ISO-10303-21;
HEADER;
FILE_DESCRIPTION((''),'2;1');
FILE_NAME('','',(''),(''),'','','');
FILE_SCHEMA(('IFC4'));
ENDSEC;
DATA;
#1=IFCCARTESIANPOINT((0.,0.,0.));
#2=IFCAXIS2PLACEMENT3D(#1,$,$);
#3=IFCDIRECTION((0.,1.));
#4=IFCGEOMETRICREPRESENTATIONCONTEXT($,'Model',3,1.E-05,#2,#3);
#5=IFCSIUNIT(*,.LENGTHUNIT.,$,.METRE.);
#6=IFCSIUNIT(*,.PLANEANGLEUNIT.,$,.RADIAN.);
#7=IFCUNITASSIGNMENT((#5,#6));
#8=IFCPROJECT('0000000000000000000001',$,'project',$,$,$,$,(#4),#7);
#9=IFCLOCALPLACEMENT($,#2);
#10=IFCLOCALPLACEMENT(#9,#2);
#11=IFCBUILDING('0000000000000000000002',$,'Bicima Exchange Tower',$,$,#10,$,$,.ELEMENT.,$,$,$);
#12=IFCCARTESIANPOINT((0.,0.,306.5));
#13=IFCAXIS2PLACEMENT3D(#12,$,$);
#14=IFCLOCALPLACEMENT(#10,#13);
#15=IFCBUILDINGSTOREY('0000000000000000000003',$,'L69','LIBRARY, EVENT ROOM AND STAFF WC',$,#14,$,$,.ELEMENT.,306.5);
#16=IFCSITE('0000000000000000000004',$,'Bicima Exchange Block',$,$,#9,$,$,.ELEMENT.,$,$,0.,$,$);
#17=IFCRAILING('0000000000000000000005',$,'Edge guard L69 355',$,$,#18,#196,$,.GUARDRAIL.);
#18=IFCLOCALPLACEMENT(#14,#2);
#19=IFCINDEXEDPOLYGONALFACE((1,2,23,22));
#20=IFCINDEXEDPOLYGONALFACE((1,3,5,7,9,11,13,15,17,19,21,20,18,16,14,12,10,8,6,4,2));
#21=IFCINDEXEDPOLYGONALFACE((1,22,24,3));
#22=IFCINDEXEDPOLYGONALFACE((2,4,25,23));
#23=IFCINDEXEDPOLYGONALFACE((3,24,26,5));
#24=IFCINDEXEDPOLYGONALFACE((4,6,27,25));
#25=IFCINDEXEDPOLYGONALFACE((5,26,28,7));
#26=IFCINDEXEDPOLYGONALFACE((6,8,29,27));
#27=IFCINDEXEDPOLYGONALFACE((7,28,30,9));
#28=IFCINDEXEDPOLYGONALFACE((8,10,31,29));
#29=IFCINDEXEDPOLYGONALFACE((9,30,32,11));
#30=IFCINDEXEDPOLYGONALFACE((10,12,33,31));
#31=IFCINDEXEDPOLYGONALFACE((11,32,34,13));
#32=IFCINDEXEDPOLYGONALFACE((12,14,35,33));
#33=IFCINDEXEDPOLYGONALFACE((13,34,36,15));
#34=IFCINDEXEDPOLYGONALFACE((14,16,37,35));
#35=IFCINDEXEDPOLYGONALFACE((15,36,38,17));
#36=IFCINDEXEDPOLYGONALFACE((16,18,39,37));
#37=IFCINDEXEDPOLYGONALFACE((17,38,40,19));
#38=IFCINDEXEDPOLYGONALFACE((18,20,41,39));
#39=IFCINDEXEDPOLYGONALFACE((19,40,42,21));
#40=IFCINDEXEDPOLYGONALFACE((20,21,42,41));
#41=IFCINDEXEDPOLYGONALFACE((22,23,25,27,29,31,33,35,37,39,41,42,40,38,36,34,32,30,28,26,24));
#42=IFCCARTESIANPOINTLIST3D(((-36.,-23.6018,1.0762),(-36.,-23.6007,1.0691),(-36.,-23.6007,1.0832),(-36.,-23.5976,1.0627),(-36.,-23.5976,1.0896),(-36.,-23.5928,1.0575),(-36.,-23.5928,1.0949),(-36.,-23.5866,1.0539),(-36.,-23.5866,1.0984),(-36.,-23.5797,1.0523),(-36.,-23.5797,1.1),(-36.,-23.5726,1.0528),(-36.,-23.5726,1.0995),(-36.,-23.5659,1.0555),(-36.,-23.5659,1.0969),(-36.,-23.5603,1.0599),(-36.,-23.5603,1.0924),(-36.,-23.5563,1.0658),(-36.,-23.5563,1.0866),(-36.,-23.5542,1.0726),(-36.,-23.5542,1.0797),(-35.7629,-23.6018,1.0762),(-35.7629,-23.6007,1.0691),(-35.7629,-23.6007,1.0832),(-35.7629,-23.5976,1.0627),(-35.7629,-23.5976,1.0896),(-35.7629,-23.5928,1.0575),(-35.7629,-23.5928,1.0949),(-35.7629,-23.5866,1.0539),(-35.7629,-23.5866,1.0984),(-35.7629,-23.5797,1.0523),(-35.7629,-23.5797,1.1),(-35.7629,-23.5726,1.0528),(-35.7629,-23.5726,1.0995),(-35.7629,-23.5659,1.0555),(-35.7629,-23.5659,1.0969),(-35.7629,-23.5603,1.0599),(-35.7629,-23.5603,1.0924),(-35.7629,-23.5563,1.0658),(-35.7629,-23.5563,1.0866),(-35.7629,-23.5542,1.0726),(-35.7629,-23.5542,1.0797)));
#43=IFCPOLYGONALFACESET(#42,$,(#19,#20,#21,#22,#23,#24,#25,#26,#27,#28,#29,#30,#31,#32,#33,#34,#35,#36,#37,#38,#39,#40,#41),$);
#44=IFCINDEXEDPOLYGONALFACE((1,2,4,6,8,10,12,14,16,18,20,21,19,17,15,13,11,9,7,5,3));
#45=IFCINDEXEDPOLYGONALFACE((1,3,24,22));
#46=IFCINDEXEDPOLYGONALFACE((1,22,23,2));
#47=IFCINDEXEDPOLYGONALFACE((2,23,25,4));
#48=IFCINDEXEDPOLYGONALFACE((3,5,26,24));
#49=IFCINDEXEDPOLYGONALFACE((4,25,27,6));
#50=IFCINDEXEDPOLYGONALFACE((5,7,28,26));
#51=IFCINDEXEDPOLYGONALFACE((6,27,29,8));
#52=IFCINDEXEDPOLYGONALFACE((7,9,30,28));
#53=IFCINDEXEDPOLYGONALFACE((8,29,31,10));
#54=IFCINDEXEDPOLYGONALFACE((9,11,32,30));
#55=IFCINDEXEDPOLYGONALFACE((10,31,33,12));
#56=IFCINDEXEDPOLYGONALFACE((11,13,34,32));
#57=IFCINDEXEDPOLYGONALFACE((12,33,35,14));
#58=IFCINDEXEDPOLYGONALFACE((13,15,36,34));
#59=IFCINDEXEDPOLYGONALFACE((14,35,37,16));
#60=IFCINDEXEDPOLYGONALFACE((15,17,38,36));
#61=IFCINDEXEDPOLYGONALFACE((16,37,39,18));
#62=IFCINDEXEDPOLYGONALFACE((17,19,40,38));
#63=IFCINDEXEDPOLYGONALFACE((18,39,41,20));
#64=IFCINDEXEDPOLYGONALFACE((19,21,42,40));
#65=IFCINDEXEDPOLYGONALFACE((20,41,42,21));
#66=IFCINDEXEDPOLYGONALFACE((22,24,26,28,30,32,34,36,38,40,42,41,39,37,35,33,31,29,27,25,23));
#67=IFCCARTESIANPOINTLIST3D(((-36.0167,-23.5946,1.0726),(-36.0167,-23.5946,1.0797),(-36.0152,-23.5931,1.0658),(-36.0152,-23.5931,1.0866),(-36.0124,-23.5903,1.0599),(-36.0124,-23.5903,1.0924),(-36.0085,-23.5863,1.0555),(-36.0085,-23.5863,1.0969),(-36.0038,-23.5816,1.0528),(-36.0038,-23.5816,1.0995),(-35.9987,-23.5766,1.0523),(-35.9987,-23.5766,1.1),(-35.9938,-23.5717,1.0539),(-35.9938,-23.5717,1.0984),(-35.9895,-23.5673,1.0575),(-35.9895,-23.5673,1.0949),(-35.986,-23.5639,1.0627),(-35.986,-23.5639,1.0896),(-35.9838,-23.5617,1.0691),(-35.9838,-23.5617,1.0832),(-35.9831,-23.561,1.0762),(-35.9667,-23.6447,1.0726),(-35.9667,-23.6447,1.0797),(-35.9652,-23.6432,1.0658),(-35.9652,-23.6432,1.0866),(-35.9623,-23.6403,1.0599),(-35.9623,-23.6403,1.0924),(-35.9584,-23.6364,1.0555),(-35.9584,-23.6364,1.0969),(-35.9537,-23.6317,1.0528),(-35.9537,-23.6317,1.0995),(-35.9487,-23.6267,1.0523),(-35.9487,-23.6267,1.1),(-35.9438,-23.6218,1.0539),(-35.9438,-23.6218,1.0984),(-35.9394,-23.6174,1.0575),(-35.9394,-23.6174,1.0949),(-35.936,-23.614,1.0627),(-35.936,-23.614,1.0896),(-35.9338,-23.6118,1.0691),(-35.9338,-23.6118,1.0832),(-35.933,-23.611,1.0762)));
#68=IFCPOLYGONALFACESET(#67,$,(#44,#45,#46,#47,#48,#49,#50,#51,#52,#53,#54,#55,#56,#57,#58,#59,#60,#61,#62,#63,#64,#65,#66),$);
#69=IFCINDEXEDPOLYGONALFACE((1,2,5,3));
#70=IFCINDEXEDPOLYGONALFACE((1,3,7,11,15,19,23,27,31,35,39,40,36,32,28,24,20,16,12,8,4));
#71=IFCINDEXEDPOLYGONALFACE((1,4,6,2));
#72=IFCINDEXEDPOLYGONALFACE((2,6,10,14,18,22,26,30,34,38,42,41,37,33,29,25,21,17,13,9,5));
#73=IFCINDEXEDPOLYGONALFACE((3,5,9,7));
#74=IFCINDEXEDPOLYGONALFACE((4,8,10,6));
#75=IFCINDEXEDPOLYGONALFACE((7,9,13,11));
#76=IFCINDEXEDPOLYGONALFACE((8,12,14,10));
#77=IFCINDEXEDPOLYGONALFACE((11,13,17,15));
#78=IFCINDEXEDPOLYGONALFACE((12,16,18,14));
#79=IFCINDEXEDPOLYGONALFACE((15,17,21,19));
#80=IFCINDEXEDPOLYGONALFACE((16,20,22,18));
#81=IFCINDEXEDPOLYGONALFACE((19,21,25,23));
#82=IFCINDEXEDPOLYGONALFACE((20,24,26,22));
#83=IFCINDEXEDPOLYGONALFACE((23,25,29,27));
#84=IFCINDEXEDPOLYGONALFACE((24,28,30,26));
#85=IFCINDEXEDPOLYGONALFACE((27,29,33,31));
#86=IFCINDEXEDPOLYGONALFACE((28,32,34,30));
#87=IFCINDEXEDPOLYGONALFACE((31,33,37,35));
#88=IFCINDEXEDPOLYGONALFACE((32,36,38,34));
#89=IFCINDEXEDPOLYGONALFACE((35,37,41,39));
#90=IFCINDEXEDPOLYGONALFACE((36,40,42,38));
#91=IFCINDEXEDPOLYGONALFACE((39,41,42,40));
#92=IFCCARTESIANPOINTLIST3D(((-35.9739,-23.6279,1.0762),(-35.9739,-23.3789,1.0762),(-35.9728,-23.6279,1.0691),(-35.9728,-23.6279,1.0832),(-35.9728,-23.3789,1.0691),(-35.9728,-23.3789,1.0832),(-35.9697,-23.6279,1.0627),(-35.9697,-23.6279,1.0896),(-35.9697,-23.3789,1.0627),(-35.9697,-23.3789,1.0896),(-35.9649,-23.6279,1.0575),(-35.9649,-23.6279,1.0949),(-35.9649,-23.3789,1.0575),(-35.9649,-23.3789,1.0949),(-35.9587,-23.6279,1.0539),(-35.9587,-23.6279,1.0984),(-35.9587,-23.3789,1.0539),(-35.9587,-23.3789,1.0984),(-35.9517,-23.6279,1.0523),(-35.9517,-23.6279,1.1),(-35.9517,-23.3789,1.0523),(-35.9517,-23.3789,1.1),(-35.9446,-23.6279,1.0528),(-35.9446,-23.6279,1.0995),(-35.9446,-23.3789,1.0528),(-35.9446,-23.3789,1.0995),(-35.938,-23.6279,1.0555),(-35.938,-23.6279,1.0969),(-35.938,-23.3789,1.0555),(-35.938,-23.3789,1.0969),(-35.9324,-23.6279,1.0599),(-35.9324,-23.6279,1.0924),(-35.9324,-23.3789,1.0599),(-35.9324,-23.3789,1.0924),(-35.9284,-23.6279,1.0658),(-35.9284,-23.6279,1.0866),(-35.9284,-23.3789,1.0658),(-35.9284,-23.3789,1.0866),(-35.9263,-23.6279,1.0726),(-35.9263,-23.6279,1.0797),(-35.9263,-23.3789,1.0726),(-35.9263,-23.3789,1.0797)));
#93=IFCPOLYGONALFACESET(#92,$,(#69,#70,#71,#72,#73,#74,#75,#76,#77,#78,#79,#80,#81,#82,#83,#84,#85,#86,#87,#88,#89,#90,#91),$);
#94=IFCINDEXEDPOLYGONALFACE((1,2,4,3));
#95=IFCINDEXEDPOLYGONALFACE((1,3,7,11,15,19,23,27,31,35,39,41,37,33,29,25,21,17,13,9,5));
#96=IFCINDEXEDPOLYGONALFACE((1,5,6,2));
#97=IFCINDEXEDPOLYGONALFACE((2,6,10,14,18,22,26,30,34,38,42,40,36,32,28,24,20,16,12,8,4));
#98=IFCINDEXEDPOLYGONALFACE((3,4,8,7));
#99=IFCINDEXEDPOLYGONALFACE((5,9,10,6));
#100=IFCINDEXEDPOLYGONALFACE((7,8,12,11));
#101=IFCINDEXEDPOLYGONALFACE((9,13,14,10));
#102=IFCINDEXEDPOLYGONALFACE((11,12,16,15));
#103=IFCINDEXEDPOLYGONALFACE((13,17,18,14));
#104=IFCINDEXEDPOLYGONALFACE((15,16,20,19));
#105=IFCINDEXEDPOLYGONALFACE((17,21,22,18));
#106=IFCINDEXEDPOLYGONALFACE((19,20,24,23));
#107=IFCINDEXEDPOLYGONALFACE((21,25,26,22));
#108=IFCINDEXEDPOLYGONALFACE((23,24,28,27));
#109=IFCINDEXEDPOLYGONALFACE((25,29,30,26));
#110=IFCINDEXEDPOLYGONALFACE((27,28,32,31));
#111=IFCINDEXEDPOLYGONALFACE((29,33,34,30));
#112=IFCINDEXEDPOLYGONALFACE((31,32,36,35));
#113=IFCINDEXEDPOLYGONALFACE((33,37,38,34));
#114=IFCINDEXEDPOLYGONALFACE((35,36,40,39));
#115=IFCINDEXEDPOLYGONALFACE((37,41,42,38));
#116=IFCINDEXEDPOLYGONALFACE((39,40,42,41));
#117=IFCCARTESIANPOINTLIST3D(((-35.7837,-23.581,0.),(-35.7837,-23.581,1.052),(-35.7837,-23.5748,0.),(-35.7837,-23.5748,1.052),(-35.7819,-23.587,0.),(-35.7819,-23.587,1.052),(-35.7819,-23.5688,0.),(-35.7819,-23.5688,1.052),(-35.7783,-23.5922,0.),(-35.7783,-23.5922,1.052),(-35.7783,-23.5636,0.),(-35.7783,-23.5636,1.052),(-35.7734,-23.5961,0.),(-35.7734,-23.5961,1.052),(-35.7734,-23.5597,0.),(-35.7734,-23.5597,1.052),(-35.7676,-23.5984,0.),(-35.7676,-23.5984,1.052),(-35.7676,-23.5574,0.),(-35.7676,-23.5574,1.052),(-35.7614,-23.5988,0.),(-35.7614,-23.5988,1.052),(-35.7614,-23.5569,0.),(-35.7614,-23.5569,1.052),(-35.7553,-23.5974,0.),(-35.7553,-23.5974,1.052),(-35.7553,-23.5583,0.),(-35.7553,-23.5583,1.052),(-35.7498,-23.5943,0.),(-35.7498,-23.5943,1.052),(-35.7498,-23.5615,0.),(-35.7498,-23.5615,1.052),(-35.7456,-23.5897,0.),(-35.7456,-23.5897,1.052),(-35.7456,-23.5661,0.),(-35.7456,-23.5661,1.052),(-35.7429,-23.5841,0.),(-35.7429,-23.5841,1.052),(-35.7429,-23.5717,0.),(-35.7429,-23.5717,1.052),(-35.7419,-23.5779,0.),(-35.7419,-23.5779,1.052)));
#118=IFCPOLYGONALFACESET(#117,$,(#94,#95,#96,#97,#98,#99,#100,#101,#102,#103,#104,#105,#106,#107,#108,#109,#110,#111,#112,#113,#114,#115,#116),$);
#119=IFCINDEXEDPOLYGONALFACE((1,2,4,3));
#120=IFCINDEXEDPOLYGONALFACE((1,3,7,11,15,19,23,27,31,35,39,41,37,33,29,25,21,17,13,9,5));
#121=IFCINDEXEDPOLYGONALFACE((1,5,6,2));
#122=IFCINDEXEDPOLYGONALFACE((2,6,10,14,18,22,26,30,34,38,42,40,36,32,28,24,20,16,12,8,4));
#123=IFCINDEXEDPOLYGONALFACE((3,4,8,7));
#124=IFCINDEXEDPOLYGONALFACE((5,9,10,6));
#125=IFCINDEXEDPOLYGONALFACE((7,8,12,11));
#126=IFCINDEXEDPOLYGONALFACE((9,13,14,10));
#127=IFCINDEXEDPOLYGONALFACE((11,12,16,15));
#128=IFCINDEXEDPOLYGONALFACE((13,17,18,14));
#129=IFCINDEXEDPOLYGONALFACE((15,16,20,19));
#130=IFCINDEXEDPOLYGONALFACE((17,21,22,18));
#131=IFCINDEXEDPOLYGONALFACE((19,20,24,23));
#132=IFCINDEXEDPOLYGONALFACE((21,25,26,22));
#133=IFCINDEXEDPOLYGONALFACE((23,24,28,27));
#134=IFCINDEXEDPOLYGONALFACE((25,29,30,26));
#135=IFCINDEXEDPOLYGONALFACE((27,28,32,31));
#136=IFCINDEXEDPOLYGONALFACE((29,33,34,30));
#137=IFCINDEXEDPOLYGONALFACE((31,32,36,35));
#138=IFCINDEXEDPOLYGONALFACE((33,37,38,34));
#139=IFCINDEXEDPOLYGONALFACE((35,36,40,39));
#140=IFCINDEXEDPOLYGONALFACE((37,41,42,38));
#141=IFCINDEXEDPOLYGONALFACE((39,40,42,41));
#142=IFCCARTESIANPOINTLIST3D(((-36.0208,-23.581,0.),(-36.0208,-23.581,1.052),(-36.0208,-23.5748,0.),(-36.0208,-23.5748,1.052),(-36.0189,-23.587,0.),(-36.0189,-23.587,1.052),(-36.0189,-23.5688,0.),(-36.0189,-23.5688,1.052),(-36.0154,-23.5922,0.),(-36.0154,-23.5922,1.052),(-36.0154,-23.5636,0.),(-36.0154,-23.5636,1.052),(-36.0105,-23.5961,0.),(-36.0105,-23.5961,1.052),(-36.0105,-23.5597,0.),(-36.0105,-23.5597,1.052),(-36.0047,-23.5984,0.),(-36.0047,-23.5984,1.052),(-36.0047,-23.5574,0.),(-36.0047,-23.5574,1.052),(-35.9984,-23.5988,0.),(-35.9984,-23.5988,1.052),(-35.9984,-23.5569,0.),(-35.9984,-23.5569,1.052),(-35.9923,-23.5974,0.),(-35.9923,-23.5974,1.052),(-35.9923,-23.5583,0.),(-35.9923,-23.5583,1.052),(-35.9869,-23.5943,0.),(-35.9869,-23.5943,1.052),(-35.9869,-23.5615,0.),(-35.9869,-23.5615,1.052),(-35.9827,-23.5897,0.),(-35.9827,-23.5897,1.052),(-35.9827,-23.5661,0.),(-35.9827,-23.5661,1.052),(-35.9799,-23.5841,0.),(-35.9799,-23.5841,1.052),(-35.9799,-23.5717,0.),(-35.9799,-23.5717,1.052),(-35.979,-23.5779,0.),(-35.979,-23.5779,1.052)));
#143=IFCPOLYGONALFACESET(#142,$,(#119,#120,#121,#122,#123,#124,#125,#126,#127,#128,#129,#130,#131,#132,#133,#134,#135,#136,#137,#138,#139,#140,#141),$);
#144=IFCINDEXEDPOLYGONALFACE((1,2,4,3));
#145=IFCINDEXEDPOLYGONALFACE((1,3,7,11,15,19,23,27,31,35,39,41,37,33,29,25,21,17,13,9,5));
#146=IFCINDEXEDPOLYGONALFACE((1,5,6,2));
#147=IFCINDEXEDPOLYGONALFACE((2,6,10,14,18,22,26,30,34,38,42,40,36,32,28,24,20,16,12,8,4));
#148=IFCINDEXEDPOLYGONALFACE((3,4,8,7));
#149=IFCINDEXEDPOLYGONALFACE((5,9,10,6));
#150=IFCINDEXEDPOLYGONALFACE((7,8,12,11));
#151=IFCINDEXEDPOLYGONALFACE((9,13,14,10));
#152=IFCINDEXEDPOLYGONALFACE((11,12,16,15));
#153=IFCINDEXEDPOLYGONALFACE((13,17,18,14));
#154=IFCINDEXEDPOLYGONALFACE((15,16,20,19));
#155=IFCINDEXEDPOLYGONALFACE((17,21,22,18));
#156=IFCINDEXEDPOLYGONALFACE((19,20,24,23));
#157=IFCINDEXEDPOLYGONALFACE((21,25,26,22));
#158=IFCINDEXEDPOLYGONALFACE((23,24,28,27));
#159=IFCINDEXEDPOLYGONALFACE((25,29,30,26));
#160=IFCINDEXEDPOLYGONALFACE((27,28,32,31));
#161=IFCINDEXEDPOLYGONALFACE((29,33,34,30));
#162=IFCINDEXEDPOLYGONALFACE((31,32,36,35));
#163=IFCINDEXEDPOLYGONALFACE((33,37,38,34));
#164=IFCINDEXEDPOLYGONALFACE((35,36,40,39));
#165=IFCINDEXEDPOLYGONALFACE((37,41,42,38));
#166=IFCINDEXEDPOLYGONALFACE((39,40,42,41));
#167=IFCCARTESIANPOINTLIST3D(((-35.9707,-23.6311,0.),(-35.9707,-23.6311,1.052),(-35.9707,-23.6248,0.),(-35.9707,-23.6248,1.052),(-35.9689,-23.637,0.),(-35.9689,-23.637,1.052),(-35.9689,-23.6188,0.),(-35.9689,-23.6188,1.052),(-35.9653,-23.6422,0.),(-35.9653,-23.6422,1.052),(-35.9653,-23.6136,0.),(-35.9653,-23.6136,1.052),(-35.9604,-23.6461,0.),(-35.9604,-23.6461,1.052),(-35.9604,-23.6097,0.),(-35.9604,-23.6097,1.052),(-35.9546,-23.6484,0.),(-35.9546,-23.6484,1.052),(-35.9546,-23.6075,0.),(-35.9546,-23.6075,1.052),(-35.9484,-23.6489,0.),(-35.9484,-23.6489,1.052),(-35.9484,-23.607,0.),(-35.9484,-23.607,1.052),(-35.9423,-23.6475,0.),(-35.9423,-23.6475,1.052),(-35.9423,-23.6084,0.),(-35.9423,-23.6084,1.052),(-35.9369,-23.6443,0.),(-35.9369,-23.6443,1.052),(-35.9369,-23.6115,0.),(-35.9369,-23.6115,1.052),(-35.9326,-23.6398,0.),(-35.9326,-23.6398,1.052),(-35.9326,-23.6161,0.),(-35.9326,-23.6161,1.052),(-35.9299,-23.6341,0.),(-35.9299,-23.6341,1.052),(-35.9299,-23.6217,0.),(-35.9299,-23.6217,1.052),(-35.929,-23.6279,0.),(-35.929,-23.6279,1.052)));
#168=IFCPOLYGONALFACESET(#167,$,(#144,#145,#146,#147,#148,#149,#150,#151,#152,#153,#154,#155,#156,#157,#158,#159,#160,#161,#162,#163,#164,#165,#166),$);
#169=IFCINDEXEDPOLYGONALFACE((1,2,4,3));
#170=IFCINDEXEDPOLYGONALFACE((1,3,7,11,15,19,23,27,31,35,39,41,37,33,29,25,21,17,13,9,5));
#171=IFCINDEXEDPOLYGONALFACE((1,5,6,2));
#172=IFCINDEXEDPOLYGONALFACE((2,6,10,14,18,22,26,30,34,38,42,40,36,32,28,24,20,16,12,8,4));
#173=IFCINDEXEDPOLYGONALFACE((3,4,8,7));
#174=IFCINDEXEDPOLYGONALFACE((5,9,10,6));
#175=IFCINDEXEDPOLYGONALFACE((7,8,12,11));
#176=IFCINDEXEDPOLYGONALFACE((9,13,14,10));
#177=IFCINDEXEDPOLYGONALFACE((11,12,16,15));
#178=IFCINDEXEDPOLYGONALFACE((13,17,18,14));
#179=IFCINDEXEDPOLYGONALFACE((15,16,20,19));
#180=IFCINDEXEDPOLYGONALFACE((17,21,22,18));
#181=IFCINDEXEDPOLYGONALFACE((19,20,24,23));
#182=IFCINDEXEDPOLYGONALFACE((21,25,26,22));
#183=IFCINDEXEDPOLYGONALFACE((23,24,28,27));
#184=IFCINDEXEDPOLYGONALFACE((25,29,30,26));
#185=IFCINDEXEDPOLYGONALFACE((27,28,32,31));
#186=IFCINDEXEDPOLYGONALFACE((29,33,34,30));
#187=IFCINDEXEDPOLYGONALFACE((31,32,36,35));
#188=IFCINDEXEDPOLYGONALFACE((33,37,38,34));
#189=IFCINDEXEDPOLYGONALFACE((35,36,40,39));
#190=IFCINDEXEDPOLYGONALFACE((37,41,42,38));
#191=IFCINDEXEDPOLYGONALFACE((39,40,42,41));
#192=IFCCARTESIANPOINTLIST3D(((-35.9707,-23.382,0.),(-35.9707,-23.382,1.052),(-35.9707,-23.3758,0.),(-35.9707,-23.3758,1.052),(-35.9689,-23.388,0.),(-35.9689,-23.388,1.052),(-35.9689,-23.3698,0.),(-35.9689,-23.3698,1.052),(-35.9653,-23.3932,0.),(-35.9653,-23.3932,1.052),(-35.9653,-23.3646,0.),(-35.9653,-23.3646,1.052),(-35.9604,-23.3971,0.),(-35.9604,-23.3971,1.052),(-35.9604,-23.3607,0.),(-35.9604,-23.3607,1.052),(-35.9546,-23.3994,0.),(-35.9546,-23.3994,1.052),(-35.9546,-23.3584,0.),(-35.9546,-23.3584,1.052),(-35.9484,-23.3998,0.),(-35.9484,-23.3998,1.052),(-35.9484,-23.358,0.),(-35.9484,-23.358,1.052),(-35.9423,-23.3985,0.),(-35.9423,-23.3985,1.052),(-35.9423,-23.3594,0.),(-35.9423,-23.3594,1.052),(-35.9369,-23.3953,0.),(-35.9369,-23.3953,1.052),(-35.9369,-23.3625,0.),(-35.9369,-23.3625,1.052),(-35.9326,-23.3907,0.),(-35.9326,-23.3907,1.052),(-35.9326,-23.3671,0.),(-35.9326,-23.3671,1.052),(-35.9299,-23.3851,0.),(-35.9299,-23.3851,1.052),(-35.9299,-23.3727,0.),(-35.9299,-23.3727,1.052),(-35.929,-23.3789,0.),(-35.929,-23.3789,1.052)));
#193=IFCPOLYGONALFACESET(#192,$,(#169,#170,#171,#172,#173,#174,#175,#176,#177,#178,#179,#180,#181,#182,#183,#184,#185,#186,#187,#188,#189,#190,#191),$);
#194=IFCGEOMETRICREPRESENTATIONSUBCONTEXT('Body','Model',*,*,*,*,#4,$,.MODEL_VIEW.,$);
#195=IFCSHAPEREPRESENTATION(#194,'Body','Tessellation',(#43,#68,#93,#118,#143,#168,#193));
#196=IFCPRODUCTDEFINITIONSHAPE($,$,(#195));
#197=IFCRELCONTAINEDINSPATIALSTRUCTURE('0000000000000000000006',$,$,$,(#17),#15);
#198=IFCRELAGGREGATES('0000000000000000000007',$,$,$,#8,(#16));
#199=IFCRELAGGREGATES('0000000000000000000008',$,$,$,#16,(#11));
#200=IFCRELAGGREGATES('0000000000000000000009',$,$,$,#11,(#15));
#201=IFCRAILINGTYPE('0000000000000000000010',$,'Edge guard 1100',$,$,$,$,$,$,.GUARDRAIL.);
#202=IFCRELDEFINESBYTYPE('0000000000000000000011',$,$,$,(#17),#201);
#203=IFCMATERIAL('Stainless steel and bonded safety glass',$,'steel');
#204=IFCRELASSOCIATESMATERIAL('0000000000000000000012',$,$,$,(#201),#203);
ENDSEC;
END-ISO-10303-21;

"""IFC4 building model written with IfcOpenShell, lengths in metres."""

from ifc_helpers import new_model, si_unit, direction, frame, origin, origin_2d, place, context, subcontext, project, spatial, circle, extrude, material, type_object, element, save


model = new_model("IFC4")

# Units and contexts
model_context = context("Model", 3, precision=1e-05, world=origin(), true_north=direction((0.0, 1.0)))
body_context = subcontext(model_context, "Body", "Model", "MODEL_VIEW")
ifc_project = project(units=[si_unit("LENGTHUNIT", "METRE"), si_unit("PLANEANGLEUNIT", "RADIAN")], contexts=[model_context])

# Site, building, storey
site_placement = place(None, origin())
site = spatial("IfcSite", under=ifc_project, at=site_placement, Name="Bicima Exchange Block", CompositionType="ELEMENT", RefElevation=0.0)
building_placement = place(site_placement, origin())
building = spatial("IfcBuilding", under=site, at=building_placement, Name="Bicima Exchange Tower", CompositionType="ELEMENT")
storey_placement = place(building_placement, frame((0.0, 0.0, 306.5)))
storey = spatial("IfcBuildingStorey", under=building, at=storey_placement, Name="L69", Description="LIBRARY, EVENT ROOM AND STAFF WC", CompositionType="ELEMENT", Elevation=306.5)

# Railing
ifc_material_1 = material(Name="Stainless steel and bonded safety glass", Category="steel")
railing_type = type_object("IfcRailingType", Name="Edge guard 1100", PredefinedType="GUARDRAIL", material=ifc_material_1)
railing_placement = place(storey_placement, frame((-35.7629, -23.5779, 0.0)))
element("IfcRailing", 1, at=railing_placement, inside=storey, type_object=railing_type, Name="Edge guard L69 355", PredefinedType="GUARDRAIL", context=body_context, shape_type="SweptSolid", body=[
    extrude(circle(Radius=0.0239, at=origin_2d()), frame((0.0, 0.0, 1.0762), z_axis=(-1.0, 0.0, 0.0), x_axis=(0.0, -1.0, 0.0)), (0.0, 0.0, 1.0), 0.2371),
    extrude(circle(Radius=0.0239, at=origin_2d()), frame((-0.2371, 0.0, 1.0762), z_axis=(0.707107, -0.707107, 0.0), x_axis=(0.707107, 0.707107, 0.0)), (0.0, 0.0, 1.0), 0.0708),
    extrude(circle(Radius=0.0239, at=origin_2d()), frame((-0.187, -0.05, 1.0762), z_axis=(0.0, 1.0, 0.0), x_axis=(-1.0, 0.0, 0.0)), (0.0, 0.0, 1.0), 0.249),
    extrude(circle(Radius=0.021, at=origin_2d()), origin(), (0.0, 0.0, 1.0), 1.052),
    extrude(circle(Radius=0.021, at=origin_2d()), frame((-0.2371, 0.0, 0.0)), (0.0, 0.0, 1.0), 1.052),
    extrude(circle(Radius=0.021, at=origin_2d()), frame((-0.187, -0.05, 0.0)), (0.0, 0.0, 1.0), 1.052),
    extrude(circle(Radius=0.021, at=origin_2d()), frame((-0.187, 0.199, 0.0)), (0.0, 0.0, 1.0), 1.052),
])

save(model, "model.ifc")
